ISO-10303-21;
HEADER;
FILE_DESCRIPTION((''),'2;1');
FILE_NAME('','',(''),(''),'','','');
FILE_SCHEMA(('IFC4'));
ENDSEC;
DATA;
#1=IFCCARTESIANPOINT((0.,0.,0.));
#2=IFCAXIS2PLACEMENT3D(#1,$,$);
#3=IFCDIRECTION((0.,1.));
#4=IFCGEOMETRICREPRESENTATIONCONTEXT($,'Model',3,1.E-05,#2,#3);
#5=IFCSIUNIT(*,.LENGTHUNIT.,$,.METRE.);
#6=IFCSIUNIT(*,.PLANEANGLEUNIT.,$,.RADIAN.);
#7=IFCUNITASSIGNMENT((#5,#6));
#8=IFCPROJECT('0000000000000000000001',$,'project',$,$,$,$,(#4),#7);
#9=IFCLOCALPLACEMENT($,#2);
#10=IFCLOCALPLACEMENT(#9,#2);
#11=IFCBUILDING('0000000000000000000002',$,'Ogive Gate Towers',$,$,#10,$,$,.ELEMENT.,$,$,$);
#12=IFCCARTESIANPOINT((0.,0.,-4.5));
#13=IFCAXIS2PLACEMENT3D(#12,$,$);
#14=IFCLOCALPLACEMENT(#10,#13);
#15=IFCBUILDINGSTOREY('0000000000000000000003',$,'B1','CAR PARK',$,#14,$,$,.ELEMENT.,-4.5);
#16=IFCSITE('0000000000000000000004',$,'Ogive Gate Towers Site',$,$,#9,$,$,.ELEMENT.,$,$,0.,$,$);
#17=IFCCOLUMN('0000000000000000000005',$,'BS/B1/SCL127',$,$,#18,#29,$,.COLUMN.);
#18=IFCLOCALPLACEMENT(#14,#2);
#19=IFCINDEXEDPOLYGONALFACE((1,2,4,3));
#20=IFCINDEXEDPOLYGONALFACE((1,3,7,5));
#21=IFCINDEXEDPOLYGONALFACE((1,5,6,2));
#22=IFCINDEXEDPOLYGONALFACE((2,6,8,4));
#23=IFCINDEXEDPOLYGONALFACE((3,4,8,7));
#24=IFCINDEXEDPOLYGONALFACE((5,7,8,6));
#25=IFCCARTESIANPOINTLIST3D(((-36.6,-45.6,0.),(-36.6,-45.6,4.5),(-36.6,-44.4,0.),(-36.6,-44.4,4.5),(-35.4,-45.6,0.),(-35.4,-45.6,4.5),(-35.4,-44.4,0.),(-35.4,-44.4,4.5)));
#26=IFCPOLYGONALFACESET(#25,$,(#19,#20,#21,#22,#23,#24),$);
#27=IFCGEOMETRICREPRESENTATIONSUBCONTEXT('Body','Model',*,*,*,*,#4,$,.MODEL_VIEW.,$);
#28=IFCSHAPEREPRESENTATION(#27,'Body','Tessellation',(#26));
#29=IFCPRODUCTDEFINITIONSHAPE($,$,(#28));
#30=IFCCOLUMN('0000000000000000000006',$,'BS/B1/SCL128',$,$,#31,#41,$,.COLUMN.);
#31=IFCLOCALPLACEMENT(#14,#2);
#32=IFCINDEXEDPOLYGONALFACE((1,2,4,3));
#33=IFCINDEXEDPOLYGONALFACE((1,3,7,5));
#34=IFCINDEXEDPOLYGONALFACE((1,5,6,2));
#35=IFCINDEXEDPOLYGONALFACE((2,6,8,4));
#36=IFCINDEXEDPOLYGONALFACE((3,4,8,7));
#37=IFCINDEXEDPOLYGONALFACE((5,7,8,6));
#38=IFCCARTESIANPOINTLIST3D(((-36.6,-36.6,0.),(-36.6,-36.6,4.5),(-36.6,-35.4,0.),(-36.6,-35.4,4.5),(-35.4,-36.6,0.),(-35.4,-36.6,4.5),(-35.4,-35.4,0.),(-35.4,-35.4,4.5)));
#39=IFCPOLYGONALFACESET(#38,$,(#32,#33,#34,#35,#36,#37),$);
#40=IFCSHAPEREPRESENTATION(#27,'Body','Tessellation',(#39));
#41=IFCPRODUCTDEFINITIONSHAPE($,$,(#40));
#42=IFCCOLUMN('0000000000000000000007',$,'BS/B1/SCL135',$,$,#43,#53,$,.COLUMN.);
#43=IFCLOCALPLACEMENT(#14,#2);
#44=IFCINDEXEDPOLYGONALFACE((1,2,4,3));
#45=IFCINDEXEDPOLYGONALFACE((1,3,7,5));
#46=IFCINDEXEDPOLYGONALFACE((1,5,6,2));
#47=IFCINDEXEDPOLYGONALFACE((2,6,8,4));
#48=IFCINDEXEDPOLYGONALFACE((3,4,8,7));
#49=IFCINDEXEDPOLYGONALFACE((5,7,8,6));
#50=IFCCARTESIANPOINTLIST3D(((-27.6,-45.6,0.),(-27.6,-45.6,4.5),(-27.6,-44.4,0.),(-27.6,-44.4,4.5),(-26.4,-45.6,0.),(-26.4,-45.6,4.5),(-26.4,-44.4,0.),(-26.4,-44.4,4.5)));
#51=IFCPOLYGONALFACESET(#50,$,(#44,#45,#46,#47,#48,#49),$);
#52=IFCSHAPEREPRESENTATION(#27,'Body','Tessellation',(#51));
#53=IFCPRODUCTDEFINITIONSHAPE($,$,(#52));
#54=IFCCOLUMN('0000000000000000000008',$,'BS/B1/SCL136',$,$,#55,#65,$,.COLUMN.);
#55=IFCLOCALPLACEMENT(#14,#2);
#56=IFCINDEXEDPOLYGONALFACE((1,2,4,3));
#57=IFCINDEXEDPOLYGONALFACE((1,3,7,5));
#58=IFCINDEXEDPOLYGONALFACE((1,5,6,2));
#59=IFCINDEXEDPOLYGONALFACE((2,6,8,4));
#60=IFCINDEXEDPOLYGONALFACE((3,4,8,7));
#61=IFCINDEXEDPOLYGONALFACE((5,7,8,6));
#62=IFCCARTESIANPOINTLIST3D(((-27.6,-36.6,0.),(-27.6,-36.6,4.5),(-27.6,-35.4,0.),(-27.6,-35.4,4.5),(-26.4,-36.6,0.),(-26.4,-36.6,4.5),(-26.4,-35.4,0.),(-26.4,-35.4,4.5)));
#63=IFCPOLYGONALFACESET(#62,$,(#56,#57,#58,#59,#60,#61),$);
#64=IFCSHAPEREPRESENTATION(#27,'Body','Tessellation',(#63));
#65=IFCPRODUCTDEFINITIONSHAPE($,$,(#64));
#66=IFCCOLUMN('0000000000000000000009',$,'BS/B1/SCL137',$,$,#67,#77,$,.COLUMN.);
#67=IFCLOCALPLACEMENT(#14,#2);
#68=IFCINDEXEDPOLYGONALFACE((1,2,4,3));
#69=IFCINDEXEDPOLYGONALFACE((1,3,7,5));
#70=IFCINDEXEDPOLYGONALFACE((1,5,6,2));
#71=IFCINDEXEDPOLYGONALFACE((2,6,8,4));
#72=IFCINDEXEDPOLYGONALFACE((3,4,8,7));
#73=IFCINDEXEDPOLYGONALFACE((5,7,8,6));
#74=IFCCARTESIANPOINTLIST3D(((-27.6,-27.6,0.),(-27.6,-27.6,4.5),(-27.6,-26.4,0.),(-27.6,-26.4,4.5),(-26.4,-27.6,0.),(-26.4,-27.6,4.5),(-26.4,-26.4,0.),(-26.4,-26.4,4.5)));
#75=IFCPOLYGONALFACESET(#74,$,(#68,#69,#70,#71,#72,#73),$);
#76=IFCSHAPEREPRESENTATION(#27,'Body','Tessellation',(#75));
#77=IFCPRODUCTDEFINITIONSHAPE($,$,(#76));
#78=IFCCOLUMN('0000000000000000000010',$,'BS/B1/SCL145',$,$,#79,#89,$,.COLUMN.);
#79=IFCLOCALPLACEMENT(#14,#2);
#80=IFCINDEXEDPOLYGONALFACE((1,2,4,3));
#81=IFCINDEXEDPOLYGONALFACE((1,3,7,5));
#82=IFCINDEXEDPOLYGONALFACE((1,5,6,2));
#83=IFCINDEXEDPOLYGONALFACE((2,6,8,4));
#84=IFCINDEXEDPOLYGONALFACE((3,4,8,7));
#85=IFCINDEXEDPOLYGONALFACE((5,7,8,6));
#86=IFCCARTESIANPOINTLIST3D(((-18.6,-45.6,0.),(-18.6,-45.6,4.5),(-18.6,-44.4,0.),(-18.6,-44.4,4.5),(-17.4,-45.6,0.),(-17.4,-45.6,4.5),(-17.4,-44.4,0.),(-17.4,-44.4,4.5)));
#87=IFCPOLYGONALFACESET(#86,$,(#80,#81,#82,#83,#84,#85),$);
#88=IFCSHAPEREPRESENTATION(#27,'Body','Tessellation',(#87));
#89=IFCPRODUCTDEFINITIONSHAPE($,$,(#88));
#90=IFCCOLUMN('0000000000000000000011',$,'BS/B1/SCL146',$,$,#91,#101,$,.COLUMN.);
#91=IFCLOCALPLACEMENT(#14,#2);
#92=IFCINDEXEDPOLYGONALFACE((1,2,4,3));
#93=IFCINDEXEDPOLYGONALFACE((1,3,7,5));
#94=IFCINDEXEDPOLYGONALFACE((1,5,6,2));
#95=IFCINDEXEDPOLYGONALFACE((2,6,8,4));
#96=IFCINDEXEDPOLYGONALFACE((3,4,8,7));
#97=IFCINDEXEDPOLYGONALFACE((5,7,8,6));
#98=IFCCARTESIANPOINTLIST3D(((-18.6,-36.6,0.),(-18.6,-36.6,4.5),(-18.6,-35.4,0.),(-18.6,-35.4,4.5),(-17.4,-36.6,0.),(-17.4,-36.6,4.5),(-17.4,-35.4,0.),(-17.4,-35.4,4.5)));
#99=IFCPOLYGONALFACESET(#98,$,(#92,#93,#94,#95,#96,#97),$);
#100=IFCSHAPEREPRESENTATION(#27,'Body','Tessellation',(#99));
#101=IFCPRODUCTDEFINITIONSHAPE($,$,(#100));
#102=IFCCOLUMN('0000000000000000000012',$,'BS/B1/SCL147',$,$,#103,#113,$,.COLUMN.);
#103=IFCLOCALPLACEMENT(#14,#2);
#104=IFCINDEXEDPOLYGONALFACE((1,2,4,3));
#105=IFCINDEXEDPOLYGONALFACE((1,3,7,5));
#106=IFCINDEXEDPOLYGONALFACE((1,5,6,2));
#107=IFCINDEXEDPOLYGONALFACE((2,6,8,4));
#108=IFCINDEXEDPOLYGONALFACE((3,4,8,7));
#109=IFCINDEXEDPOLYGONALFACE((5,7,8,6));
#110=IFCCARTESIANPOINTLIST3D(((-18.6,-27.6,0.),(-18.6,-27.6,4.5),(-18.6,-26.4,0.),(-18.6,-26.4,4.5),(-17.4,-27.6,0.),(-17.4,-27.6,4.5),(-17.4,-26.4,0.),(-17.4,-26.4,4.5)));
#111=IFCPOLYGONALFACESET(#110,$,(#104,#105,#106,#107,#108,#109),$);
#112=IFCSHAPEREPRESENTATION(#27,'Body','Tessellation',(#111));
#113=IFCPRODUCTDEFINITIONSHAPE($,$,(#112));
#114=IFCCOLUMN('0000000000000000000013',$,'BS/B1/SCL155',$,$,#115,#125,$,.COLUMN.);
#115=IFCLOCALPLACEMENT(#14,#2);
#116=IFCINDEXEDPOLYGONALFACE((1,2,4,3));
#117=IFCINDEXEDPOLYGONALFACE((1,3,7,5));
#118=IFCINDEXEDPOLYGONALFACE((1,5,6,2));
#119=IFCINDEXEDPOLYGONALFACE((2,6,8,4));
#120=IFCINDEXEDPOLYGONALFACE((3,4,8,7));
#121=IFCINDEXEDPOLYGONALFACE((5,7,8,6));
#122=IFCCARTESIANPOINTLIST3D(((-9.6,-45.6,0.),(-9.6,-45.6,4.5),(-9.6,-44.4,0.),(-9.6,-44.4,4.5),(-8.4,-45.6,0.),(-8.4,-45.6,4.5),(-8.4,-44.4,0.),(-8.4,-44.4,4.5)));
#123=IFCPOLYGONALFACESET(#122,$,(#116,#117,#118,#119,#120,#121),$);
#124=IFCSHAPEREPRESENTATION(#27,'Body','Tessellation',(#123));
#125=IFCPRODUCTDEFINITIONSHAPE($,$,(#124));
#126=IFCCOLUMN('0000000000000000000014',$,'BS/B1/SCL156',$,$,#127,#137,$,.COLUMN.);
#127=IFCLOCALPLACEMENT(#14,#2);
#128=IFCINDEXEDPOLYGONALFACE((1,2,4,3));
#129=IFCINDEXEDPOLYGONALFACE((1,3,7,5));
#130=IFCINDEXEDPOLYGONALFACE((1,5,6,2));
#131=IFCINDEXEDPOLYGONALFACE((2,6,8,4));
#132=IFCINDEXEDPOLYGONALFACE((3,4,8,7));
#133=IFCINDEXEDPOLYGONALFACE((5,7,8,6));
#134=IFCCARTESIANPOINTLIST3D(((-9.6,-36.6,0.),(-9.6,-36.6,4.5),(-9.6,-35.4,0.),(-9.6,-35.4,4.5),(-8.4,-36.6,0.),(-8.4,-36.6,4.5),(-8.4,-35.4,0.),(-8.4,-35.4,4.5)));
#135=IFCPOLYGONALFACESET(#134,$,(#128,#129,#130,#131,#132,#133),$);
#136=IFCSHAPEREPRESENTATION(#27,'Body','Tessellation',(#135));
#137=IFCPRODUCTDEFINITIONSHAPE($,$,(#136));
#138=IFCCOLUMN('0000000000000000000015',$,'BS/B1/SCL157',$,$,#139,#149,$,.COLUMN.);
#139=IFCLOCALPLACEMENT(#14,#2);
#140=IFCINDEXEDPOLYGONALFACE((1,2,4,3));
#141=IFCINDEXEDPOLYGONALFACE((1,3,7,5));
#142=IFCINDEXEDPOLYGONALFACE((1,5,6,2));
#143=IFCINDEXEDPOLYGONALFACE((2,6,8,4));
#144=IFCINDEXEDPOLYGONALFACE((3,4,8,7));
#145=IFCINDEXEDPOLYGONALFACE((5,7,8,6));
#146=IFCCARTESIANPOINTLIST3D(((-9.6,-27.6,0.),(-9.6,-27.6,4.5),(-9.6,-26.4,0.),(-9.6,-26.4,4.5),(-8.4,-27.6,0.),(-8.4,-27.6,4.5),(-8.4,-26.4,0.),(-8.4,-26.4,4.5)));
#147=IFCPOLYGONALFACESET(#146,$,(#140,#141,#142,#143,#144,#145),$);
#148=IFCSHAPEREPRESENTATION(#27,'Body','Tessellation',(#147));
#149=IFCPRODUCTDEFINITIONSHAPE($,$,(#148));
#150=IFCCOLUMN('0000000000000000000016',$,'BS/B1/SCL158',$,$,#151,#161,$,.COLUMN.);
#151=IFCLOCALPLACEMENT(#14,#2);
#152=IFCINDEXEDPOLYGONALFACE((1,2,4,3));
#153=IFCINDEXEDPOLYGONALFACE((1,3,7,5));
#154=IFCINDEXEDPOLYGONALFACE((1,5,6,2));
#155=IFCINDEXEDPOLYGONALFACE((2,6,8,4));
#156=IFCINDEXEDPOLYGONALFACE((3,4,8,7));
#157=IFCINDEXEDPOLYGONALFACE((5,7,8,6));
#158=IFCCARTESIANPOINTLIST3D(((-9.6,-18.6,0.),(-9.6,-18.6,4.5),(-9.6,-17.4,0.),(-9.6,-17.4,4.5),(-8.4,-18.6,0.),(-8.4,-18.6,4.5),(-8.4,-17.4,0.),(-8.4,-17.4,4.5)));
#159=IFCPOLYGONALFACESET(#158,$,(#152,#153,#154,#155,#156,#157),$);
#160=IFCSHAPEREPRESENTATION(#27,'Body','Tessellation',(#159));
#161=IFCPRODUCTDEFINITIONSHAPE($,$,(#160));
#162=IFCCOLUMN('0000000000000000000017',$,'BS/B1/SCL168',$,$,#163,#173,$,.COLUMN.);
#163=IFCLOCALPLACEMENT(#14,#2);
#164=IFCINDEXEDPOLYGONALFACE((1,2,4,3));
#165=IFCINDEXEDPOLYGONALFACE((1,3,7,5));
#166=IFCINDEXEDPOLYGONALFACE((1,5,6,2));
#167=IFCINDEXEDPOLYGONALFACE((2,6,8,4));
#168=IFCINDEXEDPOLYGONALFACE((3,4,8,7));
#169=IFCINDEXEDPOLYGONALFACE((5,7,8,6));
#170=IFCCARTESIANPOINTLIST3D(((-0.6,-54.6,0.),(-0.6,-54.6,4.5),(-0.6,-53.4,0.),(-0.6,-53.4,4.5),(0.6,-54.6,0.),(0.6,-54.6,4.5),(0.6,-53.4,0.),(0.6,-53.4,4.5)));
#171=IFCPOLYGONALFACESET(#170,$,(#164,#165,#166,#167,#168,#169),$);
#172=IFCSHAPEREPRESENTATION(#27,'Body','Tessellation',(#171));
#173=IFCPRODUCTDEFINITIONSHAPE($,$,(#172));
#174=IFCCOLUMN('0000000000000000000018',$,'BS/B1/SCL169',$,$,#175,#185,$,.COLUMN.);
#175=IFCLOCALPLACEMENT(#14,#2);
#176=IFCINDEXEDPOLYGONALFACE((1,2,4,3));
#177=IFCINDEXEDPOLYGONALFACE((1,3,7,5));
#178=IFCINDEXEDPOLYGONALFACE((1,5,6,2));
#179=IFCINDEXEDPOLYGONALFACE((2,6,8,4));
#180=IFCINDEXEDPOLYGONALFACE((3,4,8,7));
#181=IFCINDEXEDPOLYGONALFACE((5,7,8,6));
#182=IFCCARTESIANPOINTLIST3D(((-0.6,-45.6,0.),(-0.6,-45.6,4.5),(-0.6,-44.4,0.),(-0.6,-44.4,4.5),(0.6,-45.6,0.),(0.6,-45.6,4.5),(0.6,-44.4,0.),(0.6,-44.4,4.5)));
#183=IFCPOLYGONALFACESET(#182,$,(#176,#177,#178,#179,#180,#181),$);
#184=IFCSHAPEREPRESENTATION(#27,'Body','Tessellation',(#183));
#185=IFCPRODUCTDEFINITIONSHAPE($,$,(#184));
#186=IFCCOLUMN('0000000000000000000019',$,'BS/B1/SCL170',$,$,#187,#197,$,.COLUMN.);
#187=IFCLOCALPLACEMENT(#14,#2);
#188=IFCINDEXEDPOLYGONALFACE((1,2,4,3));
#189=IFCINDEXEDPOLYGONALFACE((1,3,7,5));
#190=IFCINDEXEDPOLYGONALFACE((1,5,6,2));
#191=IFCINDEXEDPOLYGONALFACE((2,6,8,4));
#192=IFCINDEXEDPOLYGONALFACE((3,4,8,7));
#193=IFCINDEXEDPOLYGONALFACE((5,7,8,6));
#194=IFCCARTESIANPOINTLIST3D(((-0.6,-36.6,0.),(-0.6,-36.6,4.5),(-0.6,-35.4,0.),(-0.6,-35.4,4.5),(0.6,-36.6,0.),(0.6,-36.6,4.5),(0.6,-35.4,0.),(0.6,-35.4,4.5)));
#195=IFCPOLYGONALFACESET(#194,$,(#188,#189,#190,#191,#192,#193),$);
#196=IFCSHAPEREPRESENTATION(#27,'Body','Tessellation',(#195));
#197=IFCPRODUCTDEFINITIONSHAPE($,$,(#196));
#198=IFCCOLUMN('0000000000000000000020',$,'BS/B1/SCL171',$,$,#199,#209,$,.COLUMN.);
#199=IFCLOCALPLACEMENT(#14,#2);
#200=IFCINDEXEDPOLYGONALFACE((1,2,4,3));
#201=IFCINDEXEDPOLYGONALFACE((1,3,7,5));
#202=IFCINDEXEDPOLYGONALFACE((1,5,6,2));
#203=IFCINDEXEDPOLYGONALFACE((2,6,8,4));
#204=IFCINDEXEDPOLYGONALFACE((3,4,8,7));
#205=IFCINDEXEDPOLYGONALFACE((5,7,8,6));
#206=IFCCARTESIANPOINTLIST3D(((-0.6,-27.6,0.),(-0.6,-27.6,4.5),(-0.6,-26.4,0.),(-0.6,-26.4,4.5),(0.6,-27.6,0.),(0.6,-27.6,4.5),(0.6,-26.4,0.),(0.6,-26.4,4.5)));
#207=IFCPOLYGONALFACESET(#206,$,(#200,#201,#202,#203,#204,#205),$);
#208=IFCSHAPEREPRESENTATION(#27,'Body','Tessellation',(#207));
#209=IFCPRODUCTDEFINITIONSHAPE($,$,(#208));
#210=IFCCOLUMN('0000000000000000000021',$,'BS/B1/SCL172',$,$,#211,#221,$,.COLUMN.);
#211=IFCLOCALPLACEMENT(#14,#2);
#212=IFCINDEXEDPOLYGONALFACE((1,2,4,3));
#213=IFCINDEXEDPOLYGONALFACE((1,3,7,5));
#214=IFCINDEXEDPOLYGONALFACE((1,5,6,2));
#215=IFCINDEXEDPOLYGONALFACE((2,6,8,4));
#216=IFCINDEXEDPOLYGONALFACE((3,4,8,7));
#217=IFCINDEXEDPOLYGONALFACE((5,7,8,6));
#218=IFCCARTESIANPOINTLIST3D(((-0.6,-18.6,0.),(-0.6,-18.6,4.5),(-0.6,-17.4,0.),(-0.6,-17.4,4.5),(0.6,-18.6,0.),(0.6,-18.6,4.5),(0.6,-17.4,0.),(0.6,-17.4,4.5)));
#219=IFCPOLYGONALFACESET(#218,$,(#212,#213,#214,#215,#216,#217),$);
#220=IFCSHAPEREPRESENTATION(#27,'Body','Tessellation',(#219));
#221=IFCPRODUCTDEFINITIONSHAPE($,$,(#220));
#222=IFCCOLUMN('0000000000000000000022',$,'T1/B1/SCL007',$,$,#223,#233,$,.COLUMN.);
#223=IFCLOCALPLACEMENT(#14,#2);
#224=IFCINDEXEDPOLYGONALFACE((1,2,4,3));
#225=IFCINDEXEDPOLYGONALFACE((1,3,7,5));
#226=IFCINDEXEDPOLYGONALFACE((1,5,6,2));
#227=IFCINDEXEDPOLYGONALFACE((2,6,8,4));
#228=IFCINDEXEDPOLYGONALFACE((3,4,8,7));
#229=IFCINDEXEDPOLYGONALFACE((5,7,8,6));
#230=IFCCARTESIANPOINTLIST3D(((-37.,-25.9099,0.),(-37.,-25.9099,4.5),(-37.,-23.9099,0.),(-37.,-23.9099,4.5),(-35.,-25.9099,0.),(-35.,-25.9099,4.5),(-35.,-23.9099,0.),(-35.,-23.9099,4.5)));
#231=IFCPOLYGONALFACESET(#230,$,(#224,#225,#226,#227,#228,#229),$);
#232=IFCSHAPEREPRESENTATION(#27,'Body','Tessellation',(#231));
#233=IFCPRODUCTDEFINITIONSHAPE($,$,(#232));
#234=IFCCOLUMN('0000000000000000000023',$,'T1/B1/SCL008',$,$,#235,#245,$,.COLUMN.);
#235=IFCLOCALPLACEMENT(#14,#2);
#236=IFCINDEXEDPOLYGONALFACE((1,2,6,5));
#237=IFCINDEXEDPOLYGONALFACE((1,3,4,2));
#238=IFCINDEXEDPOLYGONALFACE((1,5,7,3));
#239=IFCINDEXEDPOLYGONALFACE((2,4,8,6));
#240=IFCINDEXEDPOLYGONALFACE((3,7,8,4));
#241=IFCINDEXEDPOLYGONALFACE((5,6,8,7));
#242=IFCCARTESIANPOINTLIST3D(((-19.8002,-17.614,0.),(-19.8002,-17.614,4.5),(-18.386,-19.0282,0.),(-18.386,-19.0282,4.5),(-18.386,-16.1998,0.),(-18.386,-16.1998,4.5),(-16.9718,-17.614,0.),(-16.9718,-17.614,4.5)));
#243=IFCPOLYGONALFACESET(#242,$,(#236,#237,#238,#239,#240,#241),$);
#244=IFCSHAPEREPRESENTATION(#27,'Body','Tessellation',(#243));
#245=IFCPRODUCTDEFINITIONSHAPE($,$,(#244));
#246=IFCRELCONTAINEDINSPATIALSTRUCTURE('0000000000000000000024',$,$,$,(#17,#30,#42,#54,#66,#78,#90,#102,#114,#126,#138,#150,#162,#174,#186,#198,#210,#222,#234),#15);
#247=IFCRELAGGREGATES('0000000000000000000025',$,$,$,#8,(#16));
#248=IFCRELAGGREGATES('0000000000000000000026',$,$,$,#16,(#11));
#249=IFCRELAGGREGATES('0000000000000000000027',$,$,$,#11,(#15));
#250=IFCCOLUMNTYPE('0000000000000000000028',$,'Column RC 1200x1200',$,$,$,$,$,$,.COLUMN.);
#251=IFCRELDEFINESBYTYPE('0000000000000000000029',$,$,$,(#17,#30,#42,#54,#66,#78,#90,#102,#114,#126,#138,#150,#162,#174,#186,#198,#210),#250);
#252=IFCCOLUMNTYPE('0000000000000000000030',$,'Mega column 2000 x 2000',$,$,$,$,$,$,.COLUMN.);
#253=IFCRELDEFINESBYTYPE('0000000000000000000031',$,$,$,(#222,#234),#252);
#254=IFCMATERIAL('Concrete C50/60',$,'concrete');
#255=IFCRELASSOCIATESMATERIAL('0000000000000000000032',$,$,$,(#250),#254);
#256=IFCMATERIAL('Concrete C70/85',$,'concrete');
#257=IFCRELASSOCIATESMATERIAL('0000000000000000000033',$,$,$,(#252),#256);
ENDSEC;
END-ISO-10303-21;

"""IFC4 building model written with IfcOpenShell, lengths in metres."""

from ifc_helpers import new_model, si_unit, direction, frame, origin, origin_2d, place, context, subcontext, project, spatial, rectangle, extrude, material, material_profile, profile_set, type_object, element, save


model = new_model("IFC4")

# Units and contexts
model_context = context("Model", 3, precision=1e-05, world=origin(), true_north=direction((0.0, 1.0)))
body_context = subcontext(model_context, "Body", "Model", "MODEL_VIEW")
ifc_project = project(units=[si_unit("LENGTHUNIT", "METRE"), si_unit("PLANEANGLEUNIT", "RADIAN")], contexts=[model_context])

# Site, building, storey
site_placement = place(None, origin())
site = spatial("IfcSite", under=ifc_project, at=site_placement, Name="Ogive Gate Towers Site", CompositionType="ELEMENT", RefElevation=0.0)
building_placement = place(site_placement, origin())
building = spatial("IfcBuilding", under=site, at=building_placement, Name="Ogive Gate Towers", CompositionType="ELEMENT")
storey_placement = place(building_placement, frame((0.0, 0.0, -4.5)))
storey = spatial("IfcBuildingStorey", under=building, at=storey_placement, Name="B1", Description="CAR PARK", CompositionType="ELEMENT", Elevation=-4.5)

# Columns
ifc_material_1 = material(Name="Concrete C50/60", Category="concrete")
ifc_material_profile_1 = material_profile(ifc_material_1, rectangle(XDim=1.2, YDim=1.2, at=origin_2d()), Name="RC 1200x1200")
ifc_profile_set_1 = profile_set([ifc_material_profile_1], Name="Concrete C50/60")
column_type_1 = type_object("IfcColumnType", Name="Column RC 1200x1200", PredefinedType="COLUMN", material=ifc_profile_set_1)
for number, where, z_axis, x_axis, name in (
    (1, (-36.0, -45.0, 0.0), (0.0, 0.0, 1.0), (1.0, 0.0, 0.0), "BS/B1/SCL127"),
    (2, (-36.0, -36.0, 0.0), (0.0, 0.0, 1.0), (1.0, 0.0, 0.0), "BS/B1/SCL128"),
    (3, (-27.0, -45.0, 0.0), (0.0, 0.0, 1.0), (1.0, 0.0, 0.0), "BS/B1/SCL135"),
    (4, (-27.0, -36.0, 0.0), (0.0, 0.0, 1.0), (1.0, 0.0, 0.0), "BS/B1/SCL136"),
    (5, (-27.0, -27.0, 0.0), (0.0, 0.0, 1.0), (1.0, 0.0, 0.0), "BS/B1/SCL137"),
    (6, (-18.0, -45.0, 0.0), (0.0, 0.0, 1.0), (1.0, 0.0, 0.0), "BS/B1/SCL145"),
    (7, (-18.0, -36.0, 0.0), (0.0, 0.0, 1.0), (1.0, 0.0, 0.0), "BS/B1/SCL146"),
    (8, (-18.0, -27.0, 0.0), (0.0, 0.0, 1.0), (1.0, 0.0, 0.0), "BS/B1/SCL147"),
    (9, (-9.0, -45.0, 0.0), (0.0, 0.0, 1.0), (1.0, 0.0, 0.0), "BS/B1/SCL155"),
    (10, (-9.0, -36.0, 0.0), (0.0, 0.0, 1.0), (1.0, 0.0, 0.0), "BS/B1/SCL156"),
    (11, (-9.0, -27.0, 0.0), (0.0, 0.0, 1.0), (1.0, 0.0, 0.0), "BS/B1/SCL157"),
    (12, (-9.0, -18.0, 0.0), (0.0, 0.0, 1.0), (1.0, 0.0, 0.0), "BS/B1/SCL158"),
    (13, (0.0, -54.0, 0.0), (0.0, 0.0, 1.0), (1.0, 0.0, 0.0), "BS/B1/SCL168"),
    (14, (0.0, -45.0, 0.0), (0.0, 0.0, 1.0), (1.0, 0.0, 0.0), "BS/B1/SCL169"),
    (15, (0.0, -36.0, 0.0), (0.0, 0.0, 1.0), (1.0, 0.0, 0.0), "BS/B1/SCL170"),
    (16, (0.0, -27.0, 0.0), (0.0, 0.0, 1.0), (1.0, 0.0, 0.0), "BS/B1/SCL171"),
    (17, (0.0, -18.0, 0.0), (0.0, 0.0, 1.0), (1.0, 0.0, 0.0), "BS/B1/SCL172"),
):
    element("IfcColumn", number, at=place(storey_placement, frame(where, z_axis=z_axis, x_axis=x_axis)), inside=storey, type_object=column_type_1, Name=name, PredefinedType="COLUMN", context=body_context, shape_type="SweptSolid", body=[
        extrude(rectangle(XDim=1.2, YDim=1.2, at=origin_2d()), origin(), (0.0, 0.0, 1.0), 4.5),
    ])
ifc_material_2 = material(Name="Concrete C70/85", Category="concrete")
ifc_material_profile_2 = material_profile(ifc_material_2, rectangle(XDim=2.0, YDim=2.0, at=origin_2d()), Name="RC 2000x2000")
ifc_profile_set_2 = profile_set([ifc_material_profile_2], Name="Concrete C70/85")
column_type_2 = type_object("IfcColumnType", Name="Mega column 2000 x 2000", PredefinedType="COLUMN", material=ifc_profile_set_2)
for number, where, z_axis, x_axis, name in (
    (18, (-36.0, -24.9099, 0.0), (0.0, 0.0, 1.0), (0.0, -1.0, 0.0), "T1/B1/SCL007"),
    (19, (-18.386, -17.614, 0.0), (0.0, 0.0, 1.0), (0.707107, -0.707107, 0.0), "T1/B1/SCL008"),
):
    element("IfcColumn", number, at=place(storey_placement, frame(where, z_axis=z_axis, x_axis=x_axis)), inside=storey, type_object=column_type_2, Name=name, PredefinedType="COLUMN", context=body_context, shape_type="SweptSolid", body=[
        extrude(rectangle(XDim=2.0, YDim=2.0, at=origin_2d()), origin(), (0.0, 0.0, 1.0), 4.5),
    ])

save(model, "model.ifc")
